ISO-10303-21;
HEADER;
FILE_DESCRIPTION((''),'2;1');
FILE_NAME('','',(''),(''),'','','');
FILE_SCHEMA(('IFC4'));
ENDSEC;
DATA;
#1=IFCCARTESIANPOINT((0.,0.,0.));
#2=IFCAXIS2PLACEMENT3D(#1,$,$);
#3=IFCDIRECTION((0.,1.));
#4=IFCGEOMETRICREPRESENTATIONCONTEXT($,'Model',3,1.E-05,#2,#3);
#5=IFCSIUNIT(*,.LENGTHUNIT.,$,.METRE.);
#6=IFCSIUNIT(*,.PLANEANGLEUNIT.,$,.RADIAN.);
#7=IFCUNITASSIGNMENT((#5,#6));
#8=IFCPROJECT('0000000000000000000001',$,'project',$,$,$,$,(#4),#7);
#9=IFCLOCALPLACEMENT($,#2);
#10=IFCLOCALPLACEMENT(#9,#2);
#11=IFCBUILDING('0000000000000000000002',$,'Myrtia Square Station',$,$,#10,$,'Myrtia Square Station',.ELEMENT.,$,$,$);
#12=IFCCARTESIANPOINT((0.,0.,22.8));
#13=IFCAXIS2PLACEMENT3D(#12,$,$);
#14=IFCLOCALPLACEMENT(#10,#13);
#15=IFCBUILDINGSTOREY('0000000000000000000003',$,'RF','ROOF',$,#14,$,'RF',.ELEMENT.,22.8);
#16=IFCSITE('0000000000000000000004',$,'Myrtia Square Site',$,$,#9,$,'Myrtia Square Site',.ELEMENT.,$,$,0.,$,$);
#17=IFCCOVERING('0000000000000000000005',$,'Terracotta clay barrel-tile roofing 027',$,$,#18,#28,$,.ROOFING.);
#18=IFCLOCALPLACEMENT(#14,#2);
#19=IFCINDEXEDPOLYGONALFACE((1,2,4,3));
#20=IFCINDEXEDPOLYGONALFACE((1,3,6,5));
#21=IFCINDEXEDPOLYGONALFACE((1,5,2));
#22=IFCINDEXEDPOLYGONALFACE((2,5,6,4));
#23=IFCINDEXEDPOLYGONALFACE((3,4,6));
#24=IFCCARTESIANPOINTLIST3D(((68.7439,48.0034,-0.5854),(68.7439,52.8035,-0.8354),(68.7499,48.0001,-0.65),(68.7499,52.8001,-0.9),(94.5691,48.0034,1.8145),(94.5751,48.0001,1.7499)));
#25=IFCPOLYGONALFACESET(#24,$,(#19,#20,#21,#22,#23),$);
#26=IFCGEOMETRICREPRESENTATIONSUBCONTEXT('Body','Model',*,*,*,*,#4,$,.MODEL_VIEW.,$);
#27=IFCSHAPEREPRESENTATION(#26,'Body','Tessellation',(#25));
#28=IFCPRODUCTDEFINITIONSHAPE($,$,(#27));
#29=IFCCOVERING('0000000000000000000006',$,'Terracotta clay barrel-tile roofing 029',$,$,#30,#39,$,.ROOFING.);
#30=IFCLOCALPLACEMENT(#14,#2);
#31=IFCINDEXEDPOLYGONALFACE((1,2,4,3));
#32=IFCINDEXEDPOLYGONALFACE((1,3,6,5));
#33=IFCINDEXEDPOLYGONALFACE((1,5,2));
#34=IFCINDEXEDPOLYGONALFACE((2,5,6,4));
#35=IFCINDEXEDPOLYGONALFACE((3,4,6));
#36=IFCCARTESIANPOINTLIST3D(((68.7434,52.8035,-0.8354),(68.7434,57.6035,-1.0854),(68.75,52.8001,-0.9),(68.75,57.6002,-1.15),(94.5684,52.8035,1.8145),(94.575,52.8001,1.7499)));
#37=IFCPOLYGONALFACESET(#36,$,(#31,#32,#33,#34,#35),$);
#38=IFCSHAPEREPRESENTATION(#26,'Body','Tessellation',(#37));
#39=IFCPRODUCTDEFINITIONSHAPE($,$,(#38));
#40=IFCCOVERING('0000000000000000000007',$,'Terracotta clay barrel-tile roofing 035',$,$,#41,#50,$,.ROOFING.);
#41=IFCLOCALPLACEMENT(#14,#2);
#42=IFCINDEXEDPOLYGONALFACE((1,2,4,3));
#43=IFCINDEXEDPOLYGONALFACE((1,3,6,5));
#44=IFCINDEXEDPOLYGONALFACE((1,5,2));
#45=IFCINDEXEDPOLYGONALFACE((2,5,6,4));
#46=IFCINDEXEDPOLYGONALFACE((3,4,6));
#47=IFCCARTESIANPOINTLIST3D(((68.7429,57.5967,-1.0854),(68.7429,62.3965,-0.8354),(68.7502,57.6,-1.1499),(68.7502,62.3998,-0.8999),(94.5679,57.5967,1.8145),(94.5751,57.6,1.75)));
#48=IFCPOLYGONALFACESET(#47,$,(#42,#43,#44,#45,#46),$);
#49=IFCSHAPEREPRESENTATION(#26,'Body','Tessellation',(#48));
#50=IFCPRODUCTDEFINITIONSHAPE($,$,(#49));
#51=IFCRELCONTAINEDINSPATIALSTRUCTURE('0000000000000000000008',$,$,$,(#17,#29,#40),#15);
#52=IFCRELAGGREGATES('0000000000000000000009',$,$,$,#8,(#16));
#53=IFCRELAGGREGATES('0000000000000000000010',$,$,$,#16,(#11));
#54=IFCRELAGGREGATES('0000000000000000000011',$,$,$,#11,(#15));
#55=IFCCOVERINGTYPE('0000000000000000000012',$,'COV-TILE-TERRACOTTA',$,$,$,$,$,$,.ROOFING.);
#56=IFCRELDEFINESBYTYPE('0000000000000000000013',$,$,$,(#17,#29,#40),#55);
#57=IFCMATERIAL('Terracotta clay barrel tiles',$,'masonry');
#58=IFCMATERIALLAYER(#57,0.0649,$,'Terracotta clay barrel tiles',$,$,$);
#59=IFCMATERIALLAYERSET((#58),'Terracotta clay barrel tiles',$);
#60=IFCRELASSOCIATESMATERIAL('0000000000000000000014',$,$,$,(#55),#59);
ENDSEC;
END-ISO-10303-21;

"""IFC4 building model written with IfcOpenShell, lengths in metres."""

from ifc_helpers import new_model, si_unit, direction, frame, origin, place, context, subcontext, project, spatial, polyline, outline, extrude, material, layer, layer_set, type_object, element, save


model = new_model("IFC4")

# Units and contexts
model_context = context("Model", 3, precision=1e-05, world=origin(), true_north=direction((0.0, 1.0)))
body_context = subcontext(model_context, "Body", "Model", "MODEL_VIEW")
ifc_project = project(units=[si_unit("LENGTHUNIT", "METRE"), si_unit("PLANEANGLEUNIT", "RADIAN")], contexts=[model_context])

# Site, building, storey
site_placement = place(None, origin())
site = spatial("IfcSite", under=ifc_project, at=site_placement, Name="Myrtia Square Site", LongName="Myrtia Square Site", CompositionType="ELEMENT", RefElevation=0.0)
building_placement = place(site_placement, origin())
building = spatial("IfcBuilding", under=site, at=building_placement, Name="Myrtia Square Station", LongName="Myrtia Square Station", CompositionType="ELEMENT")
storey_placement = place(building_placement, frame((0.0, 0.0, 22.8)))
storey = spatial("IfcBuildingStorey", under=building, at=storey_placement, Name="RF", Description="ROOF", LongName="RF", CompositionType="ELEMENT", Elevation=22.8)

# Coverings
ifc_material_1 = material(Name="Terracotta clay barrel tiles", Category="masonry")
ifc_layer_1 = layer(ifc_material_1, 0.0649, Name="Terracotta clay barrel tiles")
ifc_layer_set_1 = layer_set([ifc_layer_1], Name="Terracotta clay barrel tiles")
covering_type_1 = type_object("IfcCoveringType", Name="COV-TILE-TERRACOTTA", PredefinedType="ROOFING", material=ifc_layer_set_1)
covering_1_placement = place(storey_placement, frame((68.7439, 48.0034, -0.5854), z_axis=(-0.092406, 0.05179, 0.994374), x_axis=(0.99571, 0.0, 0.09253)))
element("IfcCovering", 1, at=covering_1_placement, inside=storey, type_object=covering_type_1, Name="Terracotta clay barrel-tile roofing 027", PredefinedType="ROOFING", context=body_context, shape_type="SweptSolid", body=[
    extrude(outline(polyline([(0.0, 0.0), (25.9365, 0.0), (-0.0231, 4.8065), (0.0, 0.0)])), origin(), (0.0, 0.0, -1.0), 0.0649),
])
covering_2_placement = place(storey_placement, frame((68.7434, 52.8035, -0.8354), z_axis=(-0.101937, 0.051741, 0.993444), x_axis=(0.994777, 0.0, 0.102074)))
element("IfcCovering", 2, at=covering_2_placement, inside=storey, type_object=covering_type_1, Name="Terracotta clay barrel-tile roofing 029", PredefinedType="ROOFING", context=body_context, shape_type="SweptSolid", body=[
    extrude(outline(polyline([(0.0, 0.0), (25.9605, 0.0), (-0.0255, 4.8065), (0.0, 0.0)])), origin(), (0.0, 0.0, -1.0), 0.0649),
])
covering_3_placement = place(storey_placement, frame((68.7429, 57.5967, -1.0854), z_axis=(-0.11144, -0.051691, 0.992426), x_axis=(0.993754, 0.0, 0.111589)))
element("IfcCovering", 3, at=covering_3_placement, inside=storey, type_object=covering_type_1, Name="Terracotta clay barrel-tile roofing 035", PredefinedType="ROOFING", context=body_context, shape_type="SweptSolid", body=[
    extrude(outline(polyline([(0.0, 0.0), (25.9873, 0.0), (0.0279, 4.8062), (0.0, 0.0)])), origin(), (0.0, 0.0, -1.0), 0.0649),
])

save(model, "model.ifc")
